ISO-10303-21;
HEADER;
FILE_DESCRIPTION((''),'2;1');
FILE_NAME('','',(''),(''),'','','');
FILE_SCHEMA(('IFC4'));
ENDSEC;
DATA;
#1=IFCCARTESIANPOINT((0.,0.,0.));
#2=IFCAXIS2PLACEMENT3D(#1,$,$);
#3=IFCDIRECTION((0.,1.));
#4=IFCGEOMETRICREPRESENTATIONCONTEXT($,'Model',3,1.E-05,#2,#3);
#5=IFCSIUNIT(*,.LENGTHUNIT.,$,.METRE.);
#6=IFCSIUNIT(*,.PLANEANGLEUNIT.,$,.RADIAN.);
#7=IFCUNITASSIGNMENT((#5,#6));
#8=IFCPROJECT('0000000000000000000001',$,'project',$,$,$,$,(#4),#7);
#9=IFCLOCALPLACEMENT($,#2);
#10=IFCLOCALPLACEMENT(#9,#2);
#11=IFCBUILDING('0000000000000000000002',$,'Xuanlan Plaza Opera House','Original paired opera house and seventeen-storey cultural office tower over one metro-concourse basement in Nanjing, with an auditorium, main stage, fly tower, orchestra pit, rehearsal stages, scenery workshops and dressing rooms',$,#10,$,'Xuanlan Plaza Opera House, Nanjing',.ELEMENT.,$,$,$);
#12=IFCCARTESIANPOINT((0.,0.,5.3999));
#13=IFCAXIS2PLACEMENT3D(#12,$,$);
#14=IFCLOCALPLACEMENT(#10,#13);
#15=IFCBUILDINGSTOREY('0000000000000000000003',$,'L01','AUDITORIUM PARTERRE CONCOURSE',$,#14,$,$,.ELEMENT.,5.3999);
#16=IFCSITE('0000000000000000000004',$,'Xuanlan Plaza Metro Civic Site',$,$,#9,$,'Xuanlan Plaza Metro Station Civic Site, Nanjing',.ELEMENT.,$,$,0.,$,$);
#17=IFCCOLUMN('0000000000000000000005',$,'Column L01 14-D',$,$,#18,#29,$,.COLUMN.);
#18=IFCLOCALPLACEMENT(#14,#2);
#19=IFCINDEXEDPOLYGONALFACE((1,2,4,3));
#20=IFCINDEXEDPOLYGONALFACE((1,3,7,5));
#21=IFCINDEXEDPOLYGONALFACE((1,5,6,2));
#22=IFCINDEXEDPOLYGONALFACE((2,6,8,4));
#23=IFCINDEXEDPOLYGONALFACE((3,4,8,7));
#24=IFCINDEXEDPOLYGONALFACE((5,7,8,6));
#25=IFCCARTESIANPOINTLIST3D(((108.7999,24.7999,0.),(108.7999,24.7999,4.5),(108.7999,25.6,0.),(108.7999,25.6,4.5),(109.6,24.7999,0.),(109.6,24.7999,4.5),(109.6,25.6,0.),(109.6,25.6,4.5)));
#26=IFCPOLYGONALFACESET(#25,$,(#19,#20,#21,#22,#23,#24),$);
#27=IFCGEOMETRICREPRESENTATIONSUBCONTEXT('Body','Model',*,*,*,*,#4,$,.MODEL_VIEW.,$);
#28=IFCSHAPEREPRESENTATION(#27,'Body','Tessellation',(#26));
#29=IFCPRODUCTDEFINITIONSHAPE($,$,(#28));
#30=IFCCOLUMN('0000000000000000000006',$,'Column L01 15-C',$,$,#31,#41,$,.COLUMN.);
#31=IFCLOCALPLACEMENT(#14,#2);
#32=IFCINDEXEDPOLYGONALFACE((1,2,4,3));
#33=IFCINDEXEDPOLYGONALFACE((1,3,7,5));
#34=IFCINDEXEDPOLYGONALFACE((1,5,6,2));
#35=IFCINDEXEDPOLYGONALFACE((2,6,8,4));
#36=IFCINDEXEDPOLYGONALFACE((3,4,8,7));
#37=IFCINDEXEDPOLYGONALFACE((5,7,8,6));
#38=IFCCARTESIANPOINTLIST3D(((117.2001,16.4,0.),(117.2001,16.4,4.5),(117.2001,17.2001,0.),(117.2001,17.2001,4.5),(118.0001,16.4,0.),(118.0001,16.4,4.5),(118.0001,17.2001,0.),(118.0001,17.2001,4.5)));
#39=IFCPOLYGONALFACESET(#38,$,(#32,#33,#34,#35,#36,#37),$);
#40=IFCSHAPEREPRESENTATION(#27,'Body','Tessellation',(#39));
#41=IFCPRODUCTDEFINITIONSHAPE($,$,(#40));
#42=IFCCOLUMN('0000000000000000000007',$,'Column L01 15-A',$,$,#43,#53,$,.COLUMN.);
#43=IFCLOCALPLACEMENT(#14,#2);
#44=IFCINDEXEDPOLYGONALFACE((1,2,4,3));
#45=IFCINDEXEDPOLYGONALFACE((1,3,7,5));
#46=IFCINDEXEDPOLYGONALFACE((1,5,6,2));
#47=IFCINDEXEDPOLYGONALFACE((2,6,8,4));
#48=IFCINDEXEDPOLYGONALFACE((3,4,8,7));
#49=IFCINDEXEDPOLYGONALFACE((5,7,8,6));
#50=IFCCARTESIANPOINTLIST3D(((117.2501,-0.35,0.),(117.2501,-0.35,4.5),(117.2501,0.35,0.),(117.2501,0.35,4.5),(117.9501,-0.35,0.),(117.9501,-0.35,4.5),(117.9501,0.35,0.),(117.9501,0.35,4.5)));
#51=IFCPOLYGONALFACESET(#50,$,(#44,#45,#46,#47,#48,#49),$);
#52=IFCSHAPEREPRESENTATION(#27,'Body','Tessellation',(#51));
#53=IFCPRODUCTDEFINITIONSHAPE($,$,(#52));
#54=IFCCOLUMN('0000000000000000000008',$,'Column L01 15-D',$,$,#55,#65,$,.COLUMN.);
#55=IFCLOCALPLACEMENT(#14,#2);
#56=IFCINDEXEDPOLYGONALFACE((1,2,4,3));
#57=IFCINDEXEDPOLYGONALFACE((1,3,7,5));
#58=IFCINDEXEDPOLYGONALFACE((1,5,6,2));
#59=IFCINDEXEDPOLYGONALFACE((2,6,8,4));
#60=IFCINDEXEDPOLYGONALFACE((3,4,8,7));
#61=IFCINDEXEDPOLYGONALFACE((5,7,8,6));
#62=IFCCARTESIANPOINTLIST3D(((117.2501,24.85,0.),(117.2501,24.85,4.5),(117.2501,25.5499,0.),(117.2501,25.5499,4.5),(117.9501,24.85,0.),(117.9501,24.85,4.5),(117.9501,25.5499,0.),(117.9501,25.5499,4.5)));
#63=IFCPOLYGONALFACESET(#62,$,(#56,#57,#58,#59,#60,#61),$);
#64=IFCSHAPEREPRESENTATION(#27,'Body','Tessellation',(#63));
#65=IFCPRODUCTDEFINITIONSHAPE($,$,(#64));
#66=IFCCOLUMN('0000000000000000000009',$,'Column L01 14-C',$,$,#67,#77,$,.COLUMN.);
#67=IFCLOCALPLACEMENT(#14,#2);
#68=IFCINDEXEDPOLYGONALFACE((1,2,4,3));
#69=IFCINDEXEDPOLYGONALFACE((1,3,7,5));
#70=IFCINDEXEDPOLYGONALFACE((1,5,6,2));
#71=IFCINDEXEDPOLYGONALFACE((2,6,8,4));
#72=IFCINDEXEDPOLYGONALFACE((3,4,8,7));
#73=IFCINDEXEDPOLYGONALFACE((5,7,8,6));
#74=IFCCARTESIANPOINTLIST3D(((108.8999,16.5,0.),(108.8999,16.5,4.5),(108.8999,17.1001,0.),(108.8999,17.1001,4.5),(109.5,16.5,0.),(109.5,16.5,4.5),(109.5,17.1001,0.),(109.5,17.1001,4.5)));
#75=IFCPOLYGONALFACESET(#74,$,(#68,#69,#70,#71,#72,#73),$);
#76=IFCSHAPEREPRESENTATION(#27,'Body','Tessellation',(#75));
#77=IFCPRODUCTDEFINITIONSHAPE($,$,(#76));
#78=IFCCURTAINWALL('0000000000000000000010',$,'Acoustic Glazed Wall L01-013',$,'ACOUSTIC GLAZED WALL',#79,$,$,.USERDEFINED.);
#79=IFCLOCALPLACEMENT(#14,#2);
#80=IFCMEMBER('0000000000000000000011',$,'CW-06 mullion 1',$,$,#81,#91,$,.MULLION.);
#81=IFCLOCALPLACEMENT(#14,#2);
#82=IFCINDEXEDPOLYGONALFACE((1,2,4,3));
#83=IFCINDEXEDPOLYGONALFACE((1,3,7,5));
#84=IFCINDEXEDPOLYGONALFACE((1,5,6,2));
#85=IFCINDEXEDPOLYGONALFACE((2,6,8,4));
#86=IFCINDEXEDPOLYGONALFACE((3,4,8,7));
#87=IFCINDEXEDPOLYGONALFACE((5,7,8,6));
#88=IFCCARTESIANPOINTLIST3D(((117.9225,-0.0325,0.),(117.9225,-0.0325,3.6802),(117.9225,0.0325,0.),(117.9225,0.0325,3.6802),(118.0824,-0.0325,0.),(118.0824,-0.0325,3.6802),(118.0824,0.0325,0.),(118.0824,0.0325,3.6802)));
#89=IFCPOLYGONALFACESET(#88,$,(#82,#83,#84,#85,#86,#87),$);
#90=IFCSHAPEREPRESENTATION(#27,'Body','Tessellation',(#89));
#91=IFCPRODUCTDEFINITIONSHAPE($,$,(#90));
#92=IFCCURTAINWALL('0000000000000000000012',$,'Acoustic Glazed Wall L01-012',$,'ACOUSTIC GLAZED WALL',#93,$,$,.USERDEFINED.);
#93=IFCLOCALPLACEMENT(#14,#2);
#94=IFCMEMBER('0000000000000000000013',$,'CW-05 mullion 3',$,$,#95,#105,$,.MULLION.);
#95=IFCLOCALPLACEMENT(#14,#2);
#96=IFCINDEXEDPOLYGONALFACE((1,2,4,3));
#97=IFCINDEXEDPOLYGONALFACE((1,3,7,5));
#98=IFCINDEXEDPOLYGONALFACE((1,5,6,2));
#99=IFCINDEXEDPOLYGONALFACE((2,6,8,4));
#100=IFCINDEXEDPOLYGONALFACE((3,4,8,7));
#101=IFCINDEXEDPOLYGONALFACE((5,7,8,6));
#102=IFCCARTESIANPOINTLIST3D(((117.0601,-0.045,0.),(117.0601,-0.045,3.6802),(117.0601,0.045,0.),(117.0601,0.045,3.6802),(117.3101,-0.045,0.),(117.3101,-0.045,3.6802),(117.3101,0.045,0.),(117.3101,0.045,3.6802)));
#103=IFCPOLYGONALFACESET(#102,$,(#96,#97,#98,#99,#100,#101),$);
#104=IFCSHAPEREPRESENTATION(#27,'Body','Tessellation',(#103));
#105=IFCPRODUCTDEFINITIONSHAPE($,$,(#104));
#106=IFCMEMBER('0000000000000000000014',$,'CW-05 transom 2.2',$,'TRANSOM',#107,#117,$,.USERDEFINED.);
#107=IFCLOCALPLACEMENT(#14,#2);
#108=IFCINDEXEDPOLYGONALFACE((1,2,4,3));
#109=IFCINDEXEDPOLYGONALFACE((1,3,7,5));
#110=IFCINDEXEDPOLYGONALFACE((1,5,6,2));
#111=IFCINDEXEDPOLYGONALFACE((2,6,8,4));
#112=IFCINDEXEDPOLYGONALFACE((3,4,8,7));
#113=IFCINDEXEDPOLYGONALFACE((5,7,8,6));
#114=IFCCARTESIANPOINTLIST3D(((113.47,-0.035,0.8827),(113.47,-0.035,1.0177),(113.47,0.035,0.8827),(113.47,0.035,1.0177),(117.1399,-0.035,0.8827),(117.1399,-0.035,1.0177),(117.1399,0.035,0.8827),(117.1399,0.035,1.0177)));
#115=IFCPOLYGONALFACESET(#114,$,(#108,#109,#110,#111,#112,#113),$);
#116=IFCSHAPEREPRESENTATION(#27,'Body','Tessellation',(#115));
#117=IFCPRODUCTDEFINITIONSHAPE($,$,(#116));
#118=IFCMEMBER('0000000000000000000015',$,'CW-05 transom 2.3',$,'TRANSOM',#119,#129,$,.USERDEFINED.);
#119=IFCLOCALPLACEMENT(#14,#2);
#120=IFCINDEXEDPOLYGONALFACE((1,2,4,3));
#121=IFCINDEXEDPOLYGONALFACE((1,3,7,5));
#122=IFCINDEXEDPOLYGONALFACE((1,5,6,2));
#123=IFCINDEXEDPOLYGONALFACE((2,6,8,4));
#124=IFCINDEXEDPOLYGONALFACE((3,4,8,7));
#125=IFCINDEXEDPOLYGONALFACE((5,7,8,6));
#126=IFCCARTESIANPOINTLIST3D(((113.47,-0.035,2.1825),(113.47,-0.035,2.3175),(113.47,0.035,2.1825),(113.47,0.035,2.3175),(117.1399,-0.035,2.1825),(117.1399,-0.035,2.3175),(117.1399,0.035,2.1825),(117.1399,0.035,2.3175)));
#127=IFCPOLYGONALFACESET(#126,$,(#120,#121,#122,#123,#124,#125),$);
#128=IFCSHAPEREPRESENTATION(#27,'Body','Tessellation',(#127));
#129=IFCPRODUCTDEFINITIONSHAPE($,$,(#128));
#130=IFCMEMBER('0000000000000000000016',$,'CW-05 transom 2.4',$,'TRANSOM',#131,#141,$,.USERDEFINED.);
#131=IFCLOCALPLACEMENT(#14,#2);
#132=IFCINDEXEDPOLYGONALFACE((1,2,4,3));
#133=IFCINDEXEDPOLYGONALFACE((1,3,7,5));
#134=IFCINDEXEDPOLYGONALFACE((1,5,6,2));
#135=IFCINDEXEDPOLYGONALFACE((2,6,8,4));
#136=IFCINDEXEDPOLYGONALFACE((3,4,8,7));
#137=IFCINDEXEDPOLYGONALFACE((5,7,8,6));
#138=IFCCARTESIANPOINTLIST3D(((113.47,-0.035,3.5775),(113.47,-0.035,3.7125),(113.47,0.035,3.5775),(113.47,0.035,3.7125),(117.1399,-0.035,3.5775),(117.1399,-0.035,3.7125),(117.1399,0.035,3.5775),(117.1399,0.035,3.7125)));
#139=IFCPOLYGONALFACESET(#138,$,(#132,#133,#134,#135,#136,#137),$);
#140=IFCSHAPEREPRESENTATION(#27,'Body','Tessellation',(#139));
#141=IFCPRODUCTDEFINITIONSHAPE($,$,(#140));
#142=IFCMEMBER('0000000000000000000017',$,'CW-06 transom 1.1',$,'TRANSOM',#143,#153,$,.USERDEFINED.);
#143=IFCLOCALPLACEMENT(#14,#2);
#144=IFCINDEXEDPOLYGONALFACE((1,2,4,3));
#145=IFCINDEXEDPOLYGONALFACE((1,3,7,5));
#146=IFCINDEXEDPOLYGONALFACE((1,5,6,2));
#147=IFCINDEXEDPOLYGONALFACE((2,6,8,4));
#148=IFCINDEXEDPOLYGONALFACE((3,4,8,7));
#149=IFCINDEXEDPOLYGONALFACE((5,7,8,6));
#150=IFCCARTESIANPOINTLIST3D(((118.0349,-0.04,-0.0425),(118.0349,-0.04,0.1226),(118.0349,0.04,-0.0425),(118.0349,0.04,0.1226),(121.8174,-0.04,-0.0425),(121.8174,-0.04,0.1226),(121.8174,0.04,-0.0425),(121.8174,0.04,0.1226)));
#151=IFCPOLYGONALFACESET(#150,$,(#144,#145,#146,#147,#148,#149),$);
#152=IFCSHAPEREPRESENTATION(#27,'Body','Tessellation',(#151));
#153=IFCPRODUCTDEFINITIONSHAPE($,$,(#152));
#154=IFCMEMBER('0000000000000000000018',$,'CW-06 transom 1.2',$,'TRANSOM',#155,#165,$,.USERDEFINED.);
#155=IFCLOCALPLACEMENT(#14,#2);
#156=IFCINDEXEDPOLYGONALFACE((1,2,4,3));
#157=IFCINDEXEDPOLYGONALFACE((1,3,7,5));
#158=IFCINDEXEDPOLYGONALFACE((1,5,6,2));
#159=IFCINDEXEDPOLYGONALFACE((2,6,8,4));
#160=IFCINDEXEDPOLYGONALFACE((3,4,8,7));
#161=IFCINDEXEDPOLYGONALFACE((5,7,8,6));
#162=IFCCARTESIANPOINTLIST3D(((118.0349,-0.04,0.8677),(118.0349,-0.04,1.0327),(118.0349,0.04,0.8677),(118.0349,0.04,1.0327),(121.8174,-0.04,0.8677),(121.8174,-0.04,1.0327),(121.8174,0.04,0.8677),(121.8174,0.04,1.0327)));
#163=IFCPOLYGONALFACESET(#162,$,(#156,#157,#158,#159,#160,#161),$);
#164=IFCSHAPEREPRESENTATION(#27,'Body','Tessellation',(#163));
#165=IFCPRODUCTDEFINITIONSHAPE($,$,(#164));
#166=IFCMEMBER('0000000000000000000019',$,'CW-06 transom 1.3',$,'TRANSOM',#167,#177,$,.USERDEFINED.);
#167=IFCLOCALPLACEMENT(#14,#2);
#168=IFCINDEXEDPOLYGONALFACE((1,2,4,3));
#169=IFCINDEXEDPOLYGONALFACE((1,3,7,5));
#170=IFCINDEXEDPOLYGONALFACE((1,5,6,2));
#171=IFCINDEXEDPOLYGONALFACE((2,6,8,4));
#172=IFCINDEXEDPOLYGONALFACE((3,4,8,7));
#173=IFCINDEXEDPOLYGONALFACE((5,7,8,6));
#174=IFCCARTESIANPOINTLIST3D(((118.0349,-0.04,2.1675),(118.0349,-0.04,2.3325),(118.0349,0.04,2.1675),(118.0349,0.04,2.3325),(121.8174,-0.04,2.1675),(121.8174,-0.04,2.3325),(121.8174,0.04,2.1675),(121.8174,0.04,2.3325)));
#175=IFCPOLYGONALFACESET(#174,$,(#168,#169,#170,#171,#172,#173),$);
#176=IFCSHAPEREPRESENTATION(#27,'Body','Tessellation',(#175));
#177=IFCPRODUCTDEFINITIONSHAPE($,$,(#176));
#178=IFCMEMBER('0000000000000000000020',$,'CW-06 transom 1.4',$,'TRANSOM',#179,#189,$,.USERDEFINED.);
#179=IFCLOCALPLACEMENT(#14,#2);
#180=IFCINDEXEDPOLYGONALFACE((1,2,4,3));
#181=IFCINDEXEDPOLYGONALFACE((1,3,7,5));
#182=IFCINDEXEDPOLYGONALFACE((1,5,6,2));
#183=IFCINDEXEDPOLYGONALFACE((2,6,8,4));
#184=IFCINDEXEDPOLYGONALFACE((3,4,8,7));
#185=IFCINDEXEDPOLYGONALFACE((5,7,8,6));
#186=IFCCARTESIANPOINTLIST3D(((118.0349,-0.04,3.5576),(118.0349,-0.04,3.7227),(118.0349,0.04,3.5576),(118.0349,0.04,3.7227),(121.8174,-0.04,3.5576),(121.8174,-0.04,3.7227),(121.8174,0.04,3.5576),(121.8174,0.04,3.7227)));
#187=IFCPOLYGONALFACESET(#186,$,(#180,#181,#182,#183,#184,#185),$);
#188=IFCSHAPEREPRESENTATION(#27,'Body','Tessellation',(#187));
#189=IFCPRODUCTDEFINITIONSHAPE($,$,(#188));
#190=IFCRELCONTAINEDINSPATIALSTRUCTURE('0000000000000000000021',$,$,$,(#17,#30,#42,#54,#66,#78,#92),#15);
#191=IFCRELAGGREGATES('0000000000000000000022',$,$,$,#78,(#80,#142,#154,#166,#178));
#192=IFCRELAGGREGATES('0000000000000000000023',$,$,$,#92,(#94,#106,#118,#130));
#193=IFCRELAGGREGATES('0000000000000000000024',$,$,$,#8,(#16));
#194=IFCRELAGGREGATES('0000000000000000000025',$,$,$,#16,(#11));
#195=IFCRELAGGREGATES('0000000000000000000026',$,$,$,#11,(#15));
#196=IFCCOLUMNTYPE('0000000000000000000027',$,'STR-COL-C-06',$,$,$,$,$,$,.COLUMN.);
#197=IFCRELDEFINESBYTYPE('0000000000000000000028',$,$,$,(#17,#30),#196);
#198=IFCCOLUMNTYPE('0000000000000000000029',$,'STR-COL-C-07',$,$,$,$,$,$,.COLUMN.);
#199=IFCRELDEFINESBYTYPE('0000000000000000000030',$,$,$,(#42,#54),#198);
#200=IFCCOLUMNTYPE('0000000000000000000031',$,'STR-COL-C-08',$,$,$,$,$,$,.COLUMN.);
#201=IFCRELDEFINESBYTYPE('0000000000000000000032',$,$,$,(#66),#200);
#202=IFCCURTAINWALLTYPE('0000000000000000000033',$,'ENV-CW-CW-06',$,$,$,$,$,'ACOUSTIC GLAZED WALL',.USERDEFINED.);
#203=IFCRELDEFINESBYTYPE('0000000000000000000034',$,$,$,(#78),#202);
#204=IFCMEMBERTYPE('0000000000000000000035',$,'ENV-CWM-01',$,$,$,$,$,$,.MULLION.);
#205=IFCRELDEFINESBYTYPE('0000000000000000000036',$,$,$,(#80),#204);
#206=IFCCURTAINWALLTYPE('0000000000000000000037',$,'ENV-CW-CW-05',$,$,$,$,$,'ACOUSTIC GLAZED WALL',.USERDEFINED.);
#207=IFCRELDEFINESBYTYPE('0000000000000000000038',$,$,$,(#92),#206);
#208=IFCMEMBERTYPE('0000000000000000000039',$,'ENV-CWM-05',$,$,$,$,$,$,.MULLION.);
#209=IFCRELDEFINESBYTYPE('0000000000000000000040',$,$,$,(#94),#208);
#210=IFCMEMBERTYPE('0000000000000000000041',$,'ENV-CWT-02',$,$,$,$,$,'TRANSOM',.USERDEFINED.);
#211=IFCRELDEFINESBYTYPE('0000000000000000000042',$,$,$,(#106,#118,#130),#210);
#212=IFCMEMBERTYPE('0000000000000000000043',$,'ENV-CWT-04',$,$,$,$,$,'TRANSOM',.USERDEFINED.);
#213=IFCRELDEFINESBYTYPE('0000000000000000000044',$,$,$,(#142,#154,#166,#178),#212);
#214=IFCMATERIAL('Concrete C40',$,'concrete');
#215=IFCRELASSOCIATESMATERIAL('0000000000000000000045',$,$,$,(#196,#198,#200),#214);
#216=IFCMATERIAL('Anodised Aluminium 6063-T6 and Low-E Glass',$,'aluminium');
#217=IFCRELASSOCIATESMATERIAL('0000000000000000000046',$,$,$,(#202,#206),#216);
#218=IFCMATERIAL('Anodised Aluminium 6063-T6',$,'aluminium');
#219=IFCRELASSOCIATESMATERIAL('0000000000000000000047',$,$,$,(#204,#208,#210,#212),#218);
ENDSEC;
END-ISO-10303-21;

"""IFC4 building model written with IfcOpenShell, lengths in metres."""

from ifc_helpers import new_model, si_unit, direction, frame, origin, origin_2d, place, context, subcontext, project, spatial, rectangle, extrude, material, material_profile, profile_set, type_object, element, aggregate, save


model = new_model("IFC4")

# Units and contexts
model_context = context("Model", 3, precision=1e-05, world=origin(), true_north=direction((0.0, 1.0)))
body_context = subcontext(model_context, "Body", "Model", "MODEL_VIEW")
ifc_project = project(units=[si_unit("LENGTHUNIT", "METRE"), si_unit("PLANEANGLEUNIT", "RADIAN")], contexts=[model_context])

# Site, building, storey
site_placement = place(None, origin())
site = spatial("IfcSite", under=ifc_project, at=site_placement, Name="Xuanlan Plaza Metro Civic Site", LongName="Xuanlan Plaza Metro Station Civic Site, Nanjing", CompositionType="ELEMENT", RefElevation=0.0)
building_placement = place(site_placement, origin())
building = spatial("IfcBuilding", under=site, at=building_placement, Name="Xuanlan Plaza Opera House", Description="Original paired opera house and seventeen-storey cultural office tower over one metro-concourse basement in Nanjing, with an auditorium, main stage, fly tower, orchestra pit, rehearsal stages, scenery workshops and dressing rooms", LongName="Xuanlan Plaza Opera House, Nanjing", CompositionType="ELEMENT")
storey_placement = place(building_placement, frame((0.0, 0.0, 5.3999)))
storey = spatial("IfcBuildingStorey", under=building, at=storey_placement, Name="L01", Description="AUDITORIUM PARTERRE CONCOURSE", CompositionType="ELEMENT", Elevation=5.3999)

# Columns
ifc_material_1 = material(Name="Concrete C40", Category="concrete")
ifc_material_profile_1 = material_profile(ifc_material_1, rectangle(XDim=0.8, YDim=0.8, at=origin_2d()), Name="RC-COL 800x800")
ifc_profile_set_1 = profile_set([ifc_material_profile_1], Name="Concrete C40")
column_type_1 = type_object("IfcColumnType", Name="STR-COL-C-06", PredefinedType="COLUMN", material=ifc_profile_set_1)
for number, where, z_axis, x_axis, name in (
    (1, (109.2, 25.2, 0.0), (0.0, 0.0, 1.0), (1.0, 0.0, 0.0), "Column L01 14-D"),
    (2, (117.6001, 16.8, 0.0), (0.0, 0.0, 1.0), (1.0, 0.0, 0.0), "Column L01 15-C"),
):
    element("IfcColumn", number, at=place(storey_placement, frame(where, z_axis=z_axis, x_axis=x_axis)), inside=storey, type_object=column_type_1, Name=name, PredefinedType="COLUMN", context=body_context, shape_type="SweptSolid", body=[
        extrude(rectangle(XDim=0.8, YDim=0.8, at=origin_2d()), origin(), (0.0, 0.0, 1.0), 4.5),
    ])
ifc_material_profile_2 = material_profile(ifc_material_1, rectangle(XDim=0.7, YDim=0.7, at=origin_2d()), Name="RC-COL 700x700")
ifc_profile_set_2 = profile_set([ifc_material_profile_2], Name="Concrete C40")
column_type_2 = type_object("IfcColumnType", Name="STR-COL-C-07", PredefinedType="COLUMN", material=ifc_profile_set_2)
for number, where, z_axis, x_axis, name in (
    (3, (117.6001, 0.0, 0.0), (0.0, 0.0, 1.0), (1.0, 0.0, 0.0), "Column L01 15-A"),
    (4, (117.6001, 25.2, 0.0), (0.0, 0.0, 1.0), (1.0, 0.0, 0.0), "Column L01 15-D"),
):
    element("IfcColumn", number, at=place(storey_placement, frame(where, z_axis=z_axis, x_axis=x_axis)), inside=storey, type_object=column_type_2, Name=name, PredefinedType="COLUMN", context=body_context, shape_type="SweptSolid", body=[
        extrude(rectangle(XDim=0.7, YDim=0.7, at=origin_2d()), origin(), (0.0, 0.0, 1.0), 4.5),
    ])
ifc_material_profile_3 = material_profile(ifc_material_1, rectangle(XDim=0.6001, YDim=0.6001, at=origin_2d()), Name="RC-COL 600x600")
ifc_profile_set_3 = profile_set([ifc_material_profile_3], Name="Concrete C40")
column_type_3 = type_object("IfcColumnType", Name="STR-COL-C-08", PredefinedType="COLUMN", material=ifc_profile_set_3)
column_placement = place(storey_placement, frame((109.2, 16.8, 0.0), z_axis=(0.0, 0.0, 1.0), x_axis=(1.0, 0.0, 0.0)))
element("IfcColumn", 5, at=column_placement, inside=storey, type_object=column_type_3, Name="Column L01 14-C", PredefinedType="COLUMN", context=body_context, shape_type="SweptSolid", body=[
    extrude(rectangle(XDim=0.6001, YDim=0.6001, at=origin_2d()), origin(), (0.0, 0.0, 1.0), 4.5),
])

# Curtain wall, member
ifc_material_2 = material(Name="Anodised Aluminium 6063-T6 and Low-E Glass", Category="aluminium")
curtain_wall_type_1 = type_object("IfcCurtainWallType", Name="ENV-CW-CW-06", ElementType="ACOUSTIC GLAZED WALL", PredefinedType="USERDEFINED", material=ifc_material_2)
curtain_wall_1_placement = place(storey_placement, origin())
curtain_wall_1 = element("IfcCurtainWall", 6, at=curtain_wall_1_placement, inside=storey, type_object=curtain_wall_type_1, Name="Acoustic Glazed Wall L01-013", ObjectType="ACOUSTIC GLAZED WALL", PredefinedType="USERDEFINED")
ifc_material_3 = material(Name="Anodised Aluminium 6063-T6", Category="aluminium")
ifc_material_profile_4 = material_profile(ifc_material_3, rectangle(XDim=0.0649, YDim=0.1599, at=origin_2d()), Name="ALU-M 65x160")
ifc_profile_set_4 = profile_set([ifc_material_profile_4], Name="Anodised Aluminium 6063-T6")
member_type_1 = type_object("IfcMemberType", Name="ENV-CWM-01", PredefinedType="MULLION", material=ifc_profile_set_4)
member_1_placement = place(storey_placement, frame((118.0024, 0.0, 0.0), z_axis=(0.0, 0.0, 1.0), x_axis=(0.0, 1.0, 0.0)))
member_1 = element("IfcMember", 7, at=member_1_placement, type_object=member_type_1, Name="CW-06 mullion 1", PredefinedType="MULLION", context=body_context, shape_type="SweptSolid", body=[
    extrude(rectangle(XDim=0.0649, YDim=0.1599, at=origin_2d()), origin(), (0.0, 0.0, 1.0), 3.6802),
])

# Curtain wall, members
curtain_wall_type_2 = type_object("IfcCurtainWallType", Name="ENV-CW-CW-05", ElementType="ACOUSTIC GLAZED WALL", PredefinedType="USERDEFINED", material=ifc_material_2)
curtain_wall_2_placement = place(storey_placement, origin())
curtain_wall_2 = element("IfcCurtainWall", 8, at=curtain_wall_2_placement, inside=storey, type_object=curtain_wall_type_2, Name="Acoustic Glazed Wall L01-012", ObjectType="ACOUSTIC GLAZED WALL", PredefinedType="USERDEFINED")
ifc_material_profile_5 = material_profile(ifc_material_3, rectangle(XDim=0.0901, YDim=0.25, at=origin_2d()), Name="ALU-M 90x250")
ifc_profile_set_5 = profile_set([ifc_material_profile_5], Name="Anodised Aluminium 6063-T6")
member_type_2 = type_object("IfcMemberType", Name="ENV-CWM-05", PredefinedType="MULLION", material=ifc_profile_set_5)
member_2_placement = place(storey_placement, frame((117.1851, 0.0, 0.0), z_axis=(0.0, 0.0, 1.0), x_axis=(0.0, 1.0, 0.0)))
member_2 = element("IfcMember", 9, at=member_2_placement, type_object=member_type_2, Name="CW-05 mullion 3", PredefinedType="MULLION", context=body_context, shape_type="SweptSolid", body=[
    extrude(rectangle(XDim=0.0901, YDim=0.25, at=origin_2d()), origin(), (0.0, 0.0, 1.0), 3.6802),
])
ifc_material_profile_6 = material_profile(ifc_material_3, rectangle(XDim=0.0701, YDim=0.135, at=origin_2d()), Name="ALU-T 70x135")
ifc_profile_set_6 = profile_set([ifc_material_profile_6], Name="Anodised Aluminium 6063-T6")
member_type_3 = type_object("IfcMemberType", Name="ENV-CWT-02", ElementType="TRANSOM", PredefinedType="USERDEFINED", material=ifc_profile_set_6)
member_3_placement = place(storey_placement, frame((113.47, 0.0, 0.9502), z_axis=(1.0, 0.0, 0.0), x_axis=(0.0, 1.0, 0.0)))
member_3 = element("IfcMember", 10, at=member_3_placement, type_object=member_type_3, Name="CW-05 transom 2.2", ObjectType="TRANSOM", PredefinedType="USERDEFINED", context=body_context, shape_type="SweptSolid", body=[
    extrude(rectangle(XDim=0.0701, YDim=0.135, at=origin_2d()), origin(), (0.0, 0.0, 1.0), 3.6699),
])
member_4_placement = place(storey_placement, frame((113.47, 0.0, 2.25), z_axis=(1.0, 0.0, 0.0), x_axis=(0.0, 1.0, 0.0)))
member_4 = element("IfcMember", 11, at=member_4_placement, type_object=member_type_3, Name="CW-05 transom 2.3", ObjectType="TRANSOM", PredefinedType="USERDEFINED", context=body_context, shape_type="SweptSolid", body=[
    extrude(rectangle(XDim=0.0701, YDim=0.135, at=origin_2d()), origin(), (0.0, 0.0, 1.0), 3.6699),
])
member_5_placement = place(storey_placement, frame((113.47, 0.0, 3.645), z_axis=(1.0, 0.0, 0.0), x_axis=(0.0, 1.0, 0.0)))
member_5 = element("IfcMember", 12, at=member_5_placement, type_object=member_type_3, Name="CW-05 transom 2.4", ObjectType="TRANSOM", PredefinedType="USERDEFINED", context=body_context, shape_type="SweptSolid", body=[
    extrude(rectangle(XDim=0.0701, YDim=0.135, at=origin_2d()), origin(), (0.0, 0.0, 1.0), 3.6699),
])

# Members
ifc_material_profile_7 = material_profile(ifc_material_3, rectangle(XDim=0.0801, YDim=0.165, at=origin_2d()), Name="ALU-T 80x165")
ifc_profile_set_7 = profile_set([ifc_material_profile_7], Name="Anodised Aluminium 6063-T6")
member_type_4 = type_object("IfcMemberType", Name="ENV-CWT-04", ElementType="TRANSOM", PredefinedType="USERDEFINED", material=ifc_profile_set_7)
member_6_placement = place(storey_placement, frame((118.0349, 0.0, 0.04), z_axis=(1.0, 0.0, 0.0), x_axis=(0.0, 1.0, 0.0)))
member_6 = element("IfcMember", 13, at=member_6_placement, type_object=member_type_4, Name="CW-06 transom 1.1", ObjectType="TRANSOM", PredefinedType="USERDEFINED", context=body_context, shape_type="SweptSolid", body=[
    extrude(rectangle(XDim=0.0801, YDim=0.165, at=origin_2d()), origin(), (0.0, 0.0, 1.0), 3.7825),
])
member_7_placement = place(storey_placement, frame((118.0349, 0.0, 0.9502), z_axis=(1.0, 0.0, 0.0), x_axis=(0.0, 1.0, 0.0)))
member_7 = element("IfcMember", 14, at=member_7_placement, type_object=member_type_4, Name="CW-06 transom 1.2", ObjectType="TRANSOM", PredefinedType="USERDEFINED", context=body_context, shape_type="SweptSolid", body=[
    extrude(rectangle(XDim=0.0801, YDim=0.165, at=origin_2d()), origin(), (0.0, 0.0, 1.0), 3.7825),
])
member_8_placement = place(storey_placement, frame((118.0349, 0.0, 2.25), z_axis=(1.0, 0.0, 0.0), x_axis=(0.0, 1.0, 0.0)))
member_8 = element("IfcMember", 15, at=member_8_placement, type_object=member_type_4, Name="CW-06 transom 1.3", ObjectType="TRANSOM", PredefinedType="USERDEFINED", context=body_context, shape_type="SweptSolid", body=[
    extrude(rectangle(XDim=0.0801, YDim=0.165, at=origin_2d()), origin(), (0.0, 0.0, 1.0), 3.7825),
])
member_9_placement = place(storey_placement, frame((118.0349, 0.0, 3.6401), z_axis=(1.0, 0.0, 0.0), x_axis=(0.0, 1.0, 0.0)))
member_9 = element("IfcMember", 16, at=member_9_placement, type_object=member_type_4, Name="CW-06 transom 1.4", ObjectType="TRANSOM", PredefinedType="USERDEFINED", context=body_context, shape_type="SweptSolid", body=[
    extrude(rectangle(XDim=0.0801, YDim=0.165, at=origin_2d()), origin(), (0.0, 0.0, 1.0), 3.7825),
])

aggregate(curtain_wall_1, [member_1, member_6, member_7, member_8, member_9])
aggregate(curtain_wall_2, [member_2, member_3, member_4, member_5])

save(model, "model.ifc")
